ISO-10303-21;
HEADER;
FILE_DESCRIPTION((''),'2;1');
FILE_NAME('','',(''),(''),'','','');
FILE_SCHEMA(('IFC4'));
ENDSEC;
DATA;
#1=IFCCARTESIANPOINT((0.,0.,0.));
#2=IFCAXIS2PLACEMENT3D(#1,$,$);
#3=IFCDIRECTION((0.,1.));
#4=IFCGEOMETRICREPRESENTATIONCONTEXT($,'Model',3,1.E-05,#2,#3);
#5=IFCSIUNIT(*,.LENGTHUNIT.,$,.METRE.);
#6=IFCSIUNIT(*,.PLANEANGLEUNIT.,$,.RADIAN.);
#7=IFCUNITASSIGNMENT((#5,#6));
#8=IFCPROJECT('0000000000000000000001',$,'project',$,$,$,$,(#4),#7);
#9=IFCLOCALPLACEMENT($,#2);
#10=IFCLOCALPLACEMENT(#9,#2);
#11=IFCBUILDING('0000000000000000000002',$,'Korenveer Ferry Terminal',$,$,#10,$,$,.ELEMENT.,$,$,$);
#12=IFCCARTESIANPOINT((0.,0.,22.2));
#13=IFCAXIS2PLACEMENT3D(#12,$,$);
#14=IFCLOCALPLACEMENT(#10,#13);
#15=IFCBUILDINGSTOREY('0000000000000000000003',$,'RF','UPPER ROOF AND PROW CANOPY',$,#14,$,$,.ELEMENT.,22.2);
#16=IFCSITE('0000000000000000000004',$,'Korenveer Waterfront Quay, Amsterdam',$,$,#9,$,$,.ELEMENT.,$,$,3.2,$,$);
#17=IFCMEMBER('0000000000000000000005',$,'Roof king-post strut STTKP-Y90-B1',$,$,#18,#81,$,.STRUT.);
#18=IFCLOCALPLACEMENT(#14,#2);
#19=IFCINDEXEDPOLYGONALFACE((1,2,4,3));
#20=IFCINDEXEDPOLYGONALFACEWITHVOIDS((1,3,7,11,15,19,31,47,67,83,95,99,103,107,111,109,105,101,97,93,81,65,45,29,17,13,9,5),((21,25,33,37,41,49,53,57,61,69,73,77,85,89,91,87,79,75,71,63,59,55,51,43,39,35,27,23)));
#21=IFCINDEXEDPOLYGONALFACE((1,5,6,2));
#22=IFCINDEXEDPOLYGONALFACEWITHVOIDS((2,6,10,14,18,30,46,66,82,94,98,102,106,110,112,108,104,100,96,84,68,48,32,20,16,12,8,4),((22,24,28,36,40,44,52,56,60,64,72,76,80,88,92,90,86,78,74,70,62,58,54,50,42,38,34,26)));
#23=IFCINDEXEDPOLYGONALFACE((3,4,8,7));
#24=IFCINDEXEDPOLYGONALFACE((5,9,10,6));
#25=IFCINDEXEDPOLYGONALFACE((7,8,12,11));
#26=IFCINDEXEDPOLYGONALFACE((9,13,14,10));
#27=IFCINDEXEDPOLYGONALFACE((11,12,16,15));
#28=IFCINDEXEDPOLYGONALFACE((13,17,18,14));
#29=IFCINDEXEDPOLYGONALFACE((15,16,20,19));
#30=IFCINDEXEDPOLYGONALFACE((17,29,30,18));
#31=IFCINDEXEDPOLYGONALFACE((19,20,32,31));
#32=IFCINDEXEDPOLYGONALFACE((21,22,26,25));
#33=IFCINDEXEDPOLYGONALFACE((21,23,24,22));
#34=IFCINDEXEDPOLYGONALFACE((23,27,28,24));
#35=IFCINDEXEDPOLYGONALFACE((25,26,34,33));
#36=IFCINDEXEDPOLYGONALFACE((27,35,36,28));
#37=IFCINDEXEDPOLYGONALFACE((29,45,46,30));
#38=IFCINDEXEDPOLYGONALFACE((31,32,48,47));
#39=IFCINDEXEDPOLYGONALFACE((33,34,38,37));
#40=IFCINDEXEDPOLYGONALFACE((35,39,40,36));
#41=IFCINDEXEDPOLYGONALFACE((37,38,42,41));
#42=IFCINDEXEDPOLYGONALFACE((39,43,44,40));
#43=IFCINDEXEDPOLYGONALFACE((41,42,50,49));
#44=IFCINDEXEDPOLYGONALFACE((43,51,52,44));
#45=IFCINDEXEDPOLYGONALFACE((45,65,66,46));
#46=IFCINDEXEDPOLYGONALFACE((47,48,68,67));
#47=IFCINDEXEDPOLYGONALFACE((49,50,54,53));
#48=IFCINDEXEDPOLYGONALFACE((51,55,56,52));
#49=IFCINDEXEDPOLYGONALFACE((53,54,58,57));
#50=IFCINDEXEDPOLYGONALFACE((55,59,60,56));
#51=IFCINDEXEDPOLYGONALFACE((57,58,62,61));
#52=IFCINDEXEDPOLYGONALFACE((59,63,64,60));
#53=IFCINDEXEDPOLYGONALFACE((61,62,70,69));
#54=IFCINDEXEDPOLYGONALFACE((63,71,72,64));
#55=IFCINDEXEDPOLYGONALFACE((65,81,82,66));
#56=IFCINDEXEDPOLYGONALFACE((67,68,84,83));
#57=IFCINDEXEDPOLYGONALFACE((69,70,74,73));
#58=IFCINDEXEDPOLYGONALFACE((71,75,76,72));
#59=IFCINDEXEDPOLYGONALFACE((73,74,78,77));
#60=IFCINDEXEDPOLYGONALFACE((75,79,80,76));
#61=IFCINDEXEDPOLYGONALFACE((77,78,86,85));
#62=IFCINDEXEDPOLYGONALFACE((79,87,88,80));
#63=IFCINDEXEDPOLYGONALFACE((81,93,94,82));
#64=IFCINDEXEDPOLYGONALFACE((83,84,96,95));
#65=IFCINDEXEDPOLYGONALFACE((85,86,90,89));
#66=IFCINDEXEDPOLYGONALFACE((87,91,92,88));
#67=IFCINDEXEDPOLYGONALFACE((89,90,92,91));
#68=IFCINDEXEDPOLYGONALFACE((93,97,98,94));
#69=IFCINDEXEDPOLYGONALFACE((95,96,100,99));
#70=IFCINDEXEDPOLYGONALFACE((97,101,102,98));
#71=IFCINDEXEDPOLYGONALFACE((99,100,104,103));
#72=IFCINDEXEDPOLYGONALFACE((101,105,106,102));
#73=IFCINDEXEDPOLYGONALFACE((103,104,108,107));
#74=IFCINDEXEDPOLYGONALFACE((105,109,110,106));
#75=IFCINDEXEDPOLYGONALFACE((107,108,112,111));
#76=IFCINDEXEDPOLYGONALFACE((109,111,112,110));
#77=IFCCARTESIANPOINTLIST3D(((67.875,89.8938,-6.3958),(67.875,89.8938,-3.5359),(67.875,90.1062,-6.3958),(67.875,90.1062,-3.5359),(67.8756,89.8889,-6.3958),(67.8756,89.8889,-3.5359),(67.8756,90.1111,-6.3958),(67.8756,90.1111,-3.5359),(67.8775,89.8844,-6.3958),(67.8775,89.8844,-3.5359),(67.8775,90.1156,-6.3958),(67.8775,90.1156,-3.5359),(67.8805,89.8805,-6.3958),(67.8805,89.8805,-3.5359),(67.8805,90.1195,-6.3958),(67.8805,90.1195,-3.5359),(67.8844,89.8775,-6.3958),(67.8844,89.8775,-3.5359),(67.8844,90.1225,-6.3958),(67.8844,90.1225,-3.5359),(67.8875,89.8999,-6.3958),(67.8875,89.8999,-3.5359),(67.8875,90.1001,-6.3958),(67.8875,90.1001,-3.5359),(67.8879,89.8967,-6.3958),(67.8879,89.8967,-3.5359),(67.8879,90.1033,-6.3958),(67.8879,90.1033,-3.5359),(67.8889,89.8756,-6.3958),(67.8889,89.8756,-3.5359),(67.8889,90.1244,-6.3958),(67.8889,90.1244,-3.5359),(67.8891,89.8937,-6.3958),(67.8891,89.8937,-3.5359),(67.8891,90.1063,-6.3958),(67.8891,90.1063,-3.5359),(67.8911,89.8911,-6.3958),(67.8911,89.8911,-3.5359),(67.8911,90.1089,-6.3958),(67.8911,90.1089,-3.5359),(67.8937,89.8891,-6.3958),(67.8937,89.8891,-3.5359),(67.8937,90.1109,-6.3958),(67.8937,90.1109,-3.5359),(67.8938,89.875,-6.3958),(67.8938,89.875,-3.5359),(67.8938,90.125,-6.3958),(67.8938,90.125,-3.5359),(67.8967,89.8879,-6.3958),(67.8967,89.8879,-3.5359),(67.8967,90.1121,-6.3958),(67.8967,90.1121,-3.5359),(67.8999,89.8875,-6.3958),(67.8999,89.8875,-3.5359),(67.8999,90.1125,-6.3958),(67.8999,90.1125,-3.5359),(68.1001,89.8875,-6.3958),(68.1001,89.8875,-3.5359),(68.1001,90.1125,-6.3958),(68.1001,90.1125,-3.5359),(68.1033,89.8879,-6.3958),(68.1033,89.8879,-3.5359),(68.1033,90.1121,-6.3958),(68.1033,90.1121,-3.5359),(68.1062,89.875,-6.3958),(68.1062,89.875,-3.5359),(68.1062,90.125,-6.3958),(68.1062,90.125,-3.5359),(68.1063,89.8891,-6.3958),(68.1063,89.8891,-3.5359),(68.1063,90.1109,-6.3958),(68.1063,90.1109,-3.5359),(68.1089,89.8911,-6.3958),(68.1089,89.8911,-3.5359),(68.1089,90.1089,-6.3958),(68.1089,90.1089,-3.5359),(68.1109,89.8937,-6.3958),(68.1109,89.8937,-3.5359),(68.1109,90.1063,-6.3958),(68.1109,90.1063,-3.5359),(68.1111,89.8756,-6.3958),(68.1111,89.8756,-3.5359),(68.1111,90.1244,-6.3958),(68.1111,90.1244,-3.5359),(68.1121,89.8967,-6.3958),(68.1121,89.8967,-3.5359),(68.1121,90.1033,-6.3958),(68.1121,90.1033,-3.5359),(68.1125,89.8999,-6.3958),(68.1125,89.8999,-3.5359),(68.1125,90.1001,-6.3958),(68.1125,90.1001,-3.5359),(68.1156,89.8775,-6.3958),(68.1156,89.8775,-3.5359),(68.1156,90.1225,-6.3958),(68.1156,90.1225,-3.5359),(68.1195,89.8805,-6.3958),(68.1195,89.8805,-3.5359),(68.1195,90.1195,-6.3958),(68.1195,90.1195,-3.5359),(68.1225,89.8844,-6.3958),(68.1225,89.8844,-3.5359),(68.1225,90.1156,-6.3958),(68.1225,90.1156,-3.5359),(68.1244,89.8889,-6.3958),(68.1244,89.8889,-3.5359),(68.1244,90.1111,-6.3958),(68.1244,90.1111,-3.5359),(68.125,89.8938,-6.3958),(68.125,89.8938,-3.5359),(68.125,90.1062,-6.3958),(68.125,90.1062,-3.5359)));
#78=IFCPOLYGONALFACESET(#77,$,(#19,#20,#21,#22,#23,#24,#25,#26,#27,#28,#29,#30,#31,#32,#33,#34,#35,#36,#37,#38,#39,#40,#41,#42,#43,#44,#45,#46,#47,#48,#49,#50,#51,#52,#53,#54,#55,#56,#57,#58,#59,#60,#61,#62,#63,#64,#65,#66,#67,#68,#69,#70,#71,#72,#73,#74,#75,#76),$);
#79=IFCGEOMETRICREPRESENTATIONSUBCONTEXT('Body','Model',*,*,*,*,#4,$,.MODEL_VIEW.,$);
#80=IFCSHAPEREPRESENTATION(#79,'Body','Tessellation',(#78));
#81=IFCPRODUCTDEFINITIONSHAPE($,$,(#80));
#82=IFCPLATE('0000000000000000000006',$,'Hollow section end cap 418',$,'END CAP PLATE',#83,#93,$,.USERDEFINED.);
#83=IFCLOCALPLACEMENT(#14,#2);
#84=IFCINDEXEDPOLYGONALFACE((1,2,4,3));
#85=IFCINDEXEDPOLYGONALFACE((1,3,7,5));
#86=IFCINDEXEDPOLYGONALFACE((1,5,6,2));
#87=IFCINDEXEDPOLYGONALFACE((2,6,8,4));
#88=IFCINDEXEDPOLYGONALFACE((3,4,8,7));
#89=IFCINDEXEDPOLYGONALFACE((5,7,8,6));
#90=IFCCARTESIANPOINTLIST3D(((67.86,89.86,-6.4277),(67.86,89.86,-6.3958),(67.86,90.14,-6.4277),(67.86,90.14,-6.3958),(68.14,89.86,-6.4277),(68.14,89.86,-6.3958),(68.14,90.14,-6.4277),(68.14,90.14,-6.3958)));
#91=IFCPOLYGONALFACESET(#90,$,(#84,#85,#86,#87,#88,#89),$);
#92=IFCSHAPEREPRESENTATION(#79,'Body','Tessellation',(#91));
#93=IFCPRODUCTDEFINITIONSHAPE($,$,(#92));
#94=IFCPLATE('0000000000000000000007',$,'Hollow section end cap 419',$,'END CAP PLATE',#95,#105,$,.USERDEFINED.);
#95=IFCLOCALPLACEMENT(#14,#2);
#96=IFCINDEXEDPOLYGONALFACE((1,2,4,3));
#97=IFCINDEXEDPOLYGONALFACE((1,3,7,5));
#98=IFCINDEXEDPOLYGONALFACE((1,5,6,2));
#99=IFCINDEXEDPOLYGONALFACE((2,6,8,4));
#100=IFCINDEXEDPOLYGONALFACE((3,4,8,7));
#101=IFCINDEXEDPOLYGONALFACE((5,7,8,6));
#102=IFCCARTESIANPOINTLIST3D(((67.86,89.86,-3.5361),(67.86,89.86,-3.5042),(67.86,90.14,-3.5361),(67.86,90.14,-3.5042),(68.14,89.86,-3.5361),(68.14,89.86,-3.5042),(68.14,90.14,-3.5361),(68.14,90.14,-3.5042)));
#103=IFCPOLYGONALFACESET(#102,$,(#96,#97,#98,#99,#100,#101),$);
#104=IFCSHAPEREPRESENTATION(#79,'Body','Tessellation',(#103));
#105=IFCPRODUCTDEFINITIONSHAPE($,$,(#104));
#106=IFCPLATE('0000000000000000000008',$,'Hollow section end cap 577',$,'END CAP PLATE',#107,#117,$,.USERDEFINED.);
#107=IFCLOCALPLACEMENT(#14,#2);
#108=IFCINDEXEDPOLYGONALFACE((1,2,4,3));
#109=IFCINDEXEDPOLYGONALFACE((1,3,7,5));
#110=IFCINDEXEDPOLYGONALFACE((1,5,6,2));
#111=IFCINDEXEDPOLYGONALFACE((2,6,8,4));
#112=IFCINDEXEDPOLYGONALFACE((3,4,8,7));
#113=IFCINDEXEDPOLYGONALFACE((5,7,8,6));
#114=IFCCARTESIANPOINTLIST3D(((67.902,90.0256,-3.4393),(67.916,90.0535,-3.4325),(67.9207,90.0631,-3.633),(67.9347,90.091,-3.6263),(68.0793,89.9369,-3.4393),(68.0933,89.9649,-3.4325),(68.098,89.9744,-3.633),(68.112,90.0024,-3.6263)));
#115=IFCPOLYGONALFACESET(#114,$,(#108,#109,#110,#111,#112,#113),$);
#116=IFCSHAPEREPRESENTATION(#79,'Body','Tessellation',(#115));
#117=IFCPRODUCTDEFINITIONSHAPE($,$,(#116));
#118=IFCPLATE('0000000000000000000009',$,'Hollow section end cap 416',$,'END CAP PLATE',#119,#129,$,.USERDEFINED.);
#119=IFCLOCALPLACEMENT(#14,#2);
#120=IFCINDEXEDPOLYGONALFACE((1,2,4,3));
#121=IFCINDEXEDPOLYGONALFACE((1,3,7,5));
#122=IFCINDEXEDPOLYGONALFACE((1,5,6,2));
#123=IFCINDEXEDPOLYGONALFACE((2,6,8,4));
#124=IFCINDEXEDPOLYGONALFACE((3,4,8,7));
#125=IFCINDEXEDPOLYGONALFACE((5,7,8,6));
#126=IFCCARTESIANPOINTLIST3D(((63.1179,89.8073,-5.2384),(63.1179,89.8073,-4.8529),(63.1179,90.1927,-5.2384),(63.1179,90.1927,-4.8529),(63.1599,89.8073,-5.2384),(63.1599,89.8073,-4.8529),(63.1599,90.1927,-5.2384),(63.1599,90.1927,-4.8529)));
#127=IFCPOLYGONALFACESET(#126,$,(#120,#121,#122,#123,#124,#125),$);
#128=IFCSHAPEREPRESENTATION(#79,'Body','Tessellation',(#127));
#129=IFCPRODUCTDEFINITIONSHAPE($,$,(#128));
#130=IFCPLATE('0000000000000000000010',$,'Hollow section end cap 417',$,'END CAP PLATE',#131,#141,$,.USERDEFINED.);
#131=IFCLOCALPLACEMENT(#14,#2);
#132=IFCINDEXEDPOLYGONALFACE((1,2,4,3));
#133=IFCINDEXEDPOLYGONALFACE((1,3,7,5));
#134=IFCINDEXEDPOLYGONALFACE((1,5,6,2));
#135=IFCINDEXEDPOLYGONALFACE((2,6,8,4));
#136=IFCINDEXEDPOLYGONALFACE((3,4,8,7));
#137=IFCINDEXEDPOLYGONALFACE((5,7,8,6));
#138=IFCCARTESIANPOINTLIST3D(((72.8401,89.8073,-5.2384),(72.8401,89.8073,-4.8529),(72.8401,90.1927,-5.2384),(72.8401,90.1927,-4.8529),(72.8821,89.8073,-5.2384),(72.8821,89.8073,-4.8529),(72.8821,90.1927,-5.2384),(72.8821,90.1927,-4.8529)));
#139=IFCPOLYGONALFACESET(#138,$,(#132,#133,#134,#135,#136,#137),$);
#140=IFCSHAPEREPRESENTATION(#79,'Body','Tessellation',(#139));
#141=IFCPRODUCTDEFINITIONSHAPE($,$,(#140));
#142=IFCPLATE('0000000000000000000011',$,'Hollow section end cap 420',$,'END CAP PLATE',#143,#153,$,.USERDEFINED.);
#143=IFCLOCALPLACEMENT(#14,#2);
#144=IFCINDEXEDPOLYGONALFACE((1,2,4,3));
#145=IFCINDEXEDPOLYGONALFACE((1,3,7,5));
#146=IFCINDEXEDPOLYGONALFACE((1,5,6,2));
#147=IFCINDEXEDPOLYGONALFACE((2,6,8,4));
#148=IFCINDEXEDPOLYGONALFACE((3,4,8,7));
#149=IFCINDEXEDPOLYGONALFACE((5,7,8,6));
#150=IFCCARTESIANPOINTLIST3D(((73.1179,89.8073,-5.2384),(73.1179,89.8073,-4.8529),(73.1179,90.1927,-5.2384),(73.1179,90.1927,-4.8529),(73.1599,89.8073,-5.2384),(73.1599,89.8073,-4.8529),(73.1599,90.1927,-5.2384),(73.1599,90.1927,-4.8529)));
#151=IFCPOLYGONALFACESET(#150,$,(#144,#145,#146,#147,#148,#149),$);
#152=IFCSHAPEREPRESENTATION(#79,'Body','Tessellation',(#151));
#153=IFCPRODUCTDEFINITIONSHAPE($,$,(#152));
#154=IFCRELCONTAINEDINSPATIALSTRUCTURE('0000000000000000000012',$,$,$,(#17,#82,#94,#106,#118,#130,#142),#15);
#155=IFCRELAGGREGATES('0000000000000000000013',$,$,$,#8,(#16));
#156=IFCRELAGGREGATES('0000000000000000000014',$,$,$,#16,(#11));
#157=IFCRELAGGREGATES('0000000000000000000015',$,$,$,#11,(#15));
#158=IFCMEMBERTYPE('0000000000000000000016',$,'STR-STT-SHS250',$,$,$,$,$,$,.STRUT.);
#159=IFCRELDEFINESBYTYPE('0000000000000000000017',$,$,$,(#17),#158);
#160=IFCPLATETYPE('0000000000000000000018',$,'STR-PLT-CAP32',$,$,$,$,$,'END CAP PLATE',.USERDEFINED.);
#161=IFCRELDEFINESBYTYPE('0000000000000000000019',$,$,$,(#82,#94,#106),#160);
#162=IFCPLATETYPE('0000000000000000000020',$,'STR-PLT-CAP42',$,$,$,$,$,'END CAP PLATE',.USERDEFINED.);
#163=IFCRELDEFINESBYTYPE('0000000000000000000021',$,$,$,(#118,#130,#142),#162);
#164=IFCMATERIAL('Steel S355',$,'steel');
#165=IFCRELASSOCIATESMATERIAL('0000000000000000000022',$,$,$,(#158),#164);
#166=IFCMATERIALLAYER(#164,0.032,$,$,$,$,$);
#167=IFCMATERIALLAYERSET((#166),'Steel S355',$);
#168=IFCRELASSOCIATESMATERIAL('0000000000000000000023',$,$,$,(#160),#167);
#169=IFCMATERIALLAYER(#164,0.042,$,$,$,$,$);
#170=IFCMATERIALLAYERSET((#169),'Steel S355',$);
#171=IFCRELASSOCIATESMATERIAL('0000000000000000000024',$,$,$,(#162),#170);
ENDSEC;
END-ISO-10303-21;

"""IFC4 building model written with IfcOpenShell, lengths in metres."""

from ifc_helpers import new_model, si_unit, direction, frame, origin, origin_2d, place, context, subcontext, project, spatial, rectangle, hollow_rectangle, extrude, material, layer, layer_set, material_profile, profile_set, type_object, element, save


model = new_model("IFC4")

# Units and contexts
model_context = context("Model", 3, precision=1e-05, world=origin(), true_north=direction((0.0, 1.0)))
body_context = subcontext(model_context, "Body", "Model", "MODEL_VIEW")
ifc_project = project(units=[si_unit("LENGTHUNIT", "METRE"), si_unit("PLANEANGLEUNIT", "RADIAN")], contexts=[model_context])

# Site, building, storey
site_placement = place(None, origin())
site = spatial("IfcSite", under=ifc_project, at=site_placement, Name="Korenveer Waterfront Quay, Amsterdam", CompositionType="ELEMENT", RefElevation=3.2)
building_placement = place(site_placement, origin())
building = spatial("IfcBuilding", under=site, at=building_placement, Name="Korenveer Ferry Terminal", CompositionType="ELEMENT")
storey_placement = place(building_placement, frame((0.0, 0.0, 22.2)))
storey = spatial("IfcBuildingStorey", under=building, at=storey_placement, Name="RF", Description="UPPER ROOF AND PROW CANOPY", CompositionType="ELEMENT", Elevation=22.2)

# Shared definitions
ifc_material_1 = material(Name="Steel S355", Category="steel")

# Member
ifc_material_profile_1 = material_profile(ifc_material_1, hollow_rectangle(XDim=0.25, YDim=0.25, WallThickness=0.0125, InnerFilletRadius=0.0125, OuterFilletRadius=0.0188, at=origin_2d()), Name="SHS 250x250x12.5")
ifc_profile_set_1 = profile_set([ifc_material_profile_1], Name="Steel S355")
member_type_1 = type_object("IfcMemberType", Name="STR-STT-SHS250", PredefinedType="STRUT", material=ifc_profile_set_1)
member_1_placement = place(storey_placement, frame((68.0, 90.0, -6.3958), z_axis=(0.0, 0.0, 1.0), x_axis=(1.0, 0.0, 0.0)))
element("IfcMember", 1, at=member_1_placement, inside=storey, type_object=member_type_1, Name="Roof king-post strut STTKP-Y90-B1", PredefinedType="STRUT", context=body_context, shape_type="SweptSolid", body=[
    extrude(hollow_rectangle(XDim=0.25, YDim=0.25, WallThickness=0.0125, InnerFilletRadius=0.0125, OuterFilletRadius=0.0188, at=origin_2d()), origin(), (0.0, 0.0, 1.0), 2.8599),
])

# Plates
ifc_layer_1 = layer(ifc_material_1, 0.032)
ifc_layer_set_1 = layer_set([ifc_layer_1], Name="Steel S355")
plate_type_1 = type_object("IfcPlateType", Name="STR-PLT-CAP32", ElementType="END CAP PLATE", PredefinedType="USERDEFINED", material=ifc_layer_set_1)
for number, where, z_axis, x_axis, name in (
    (2, (68.0, 90.0, -6.4277), (0.0, 0.0, 1.0), (1.0, 0.0, 0.0), "Hollow section end cap 418"),
    (3, (68.0, 90.0, -3.5361), (0.0, 0.0, 1.0), (1.0, 0.0, 0.0), "Hollow section end cap 419"),
):
    element("IfcPlate", number, at=place(storey_placement, frame(where, z_axis=z_axis, x_axis=x_axis)), inside=storey, type_object=plate_type_1, Name=name, ObjectType="END CAP PLATE", PredefinedType="USERDEFINED", context=body_context, shape_type="SweptSolid", body=[
        extrude(rectangle(XDim=0.28, YDim=0.28, at=origin_2d()), origin(), (0.0, 0.0, 1.0), 0.032),
    ])
plate_placement = place(storey_placement, frame((68.0, 90.0, -3.5361), z_axis=(0.43711, 0.874221, 0.21136), x_axis=(-0.894427, 0.447214, 0.0)))
element("IfcPlate", 4, at=plate_placement, inside=storey, type_object=plate_type_1, Name="Hollow section end cap 577", ObjectType="END CAP PLATE", PredefinedType="USERDEFINED", context=body_context, shape_type="SweptSolid", body=[
    extrude(rectangle(XDim=0.1982, YDim=0.1982, at=origin_2d()), origin(), (0.0, 0.0, 1.0), 0.032),
])
ifc_layer_2 = layer(ifc_material_1, 0.042)
ifc_layer_set_2 = layer_set([ifc_layer_2], Name="Steel S355")
plate_type_2 = type_object("IfcPlateType", Name="STR-PLT-CAP42", ElementType="END CAP PLATE", PredefinedType="USERDEFINED", material=ifc_layer_set_2)
for number, where, z_axis, x_axis, name in (
    (5, (63.1179, 90.0, -5.0457), (1.0, 0.0, 0.0), (0.0, 1.0, 0.0), "Hollow section end cap 416"),
    (6, (72.8401, 90.0, -5.0457), (1.0, 0.0, 0.0), (0.0, 1.0, 0.0), "Hollow section end cap 417"),
    (7, (73.1179, 90.0, -5.0457), (1.0, 0.0, 0.0), (0.0, 1.0, 0.0), "Hollow section end cap 420"),
):
    element("IfcPlate", number, at=place(storey_placement, frame(where, z_axis=z_axis, x_axis=x_axis)), inside=storey, type_object=plate_type_2, Name=name, ObjectType="END CAP PLATE", PredefinedType="USERDEFINED", context=body_context, shape_type="SweptSolid", body=[
        extrude(rectangle(XDim=0.3855, YDim=0.3855, at=origin_2d()), origin(), (0.0, 0.0, 1.0), 0.042),
    ])

save(model, "model.ifc")
